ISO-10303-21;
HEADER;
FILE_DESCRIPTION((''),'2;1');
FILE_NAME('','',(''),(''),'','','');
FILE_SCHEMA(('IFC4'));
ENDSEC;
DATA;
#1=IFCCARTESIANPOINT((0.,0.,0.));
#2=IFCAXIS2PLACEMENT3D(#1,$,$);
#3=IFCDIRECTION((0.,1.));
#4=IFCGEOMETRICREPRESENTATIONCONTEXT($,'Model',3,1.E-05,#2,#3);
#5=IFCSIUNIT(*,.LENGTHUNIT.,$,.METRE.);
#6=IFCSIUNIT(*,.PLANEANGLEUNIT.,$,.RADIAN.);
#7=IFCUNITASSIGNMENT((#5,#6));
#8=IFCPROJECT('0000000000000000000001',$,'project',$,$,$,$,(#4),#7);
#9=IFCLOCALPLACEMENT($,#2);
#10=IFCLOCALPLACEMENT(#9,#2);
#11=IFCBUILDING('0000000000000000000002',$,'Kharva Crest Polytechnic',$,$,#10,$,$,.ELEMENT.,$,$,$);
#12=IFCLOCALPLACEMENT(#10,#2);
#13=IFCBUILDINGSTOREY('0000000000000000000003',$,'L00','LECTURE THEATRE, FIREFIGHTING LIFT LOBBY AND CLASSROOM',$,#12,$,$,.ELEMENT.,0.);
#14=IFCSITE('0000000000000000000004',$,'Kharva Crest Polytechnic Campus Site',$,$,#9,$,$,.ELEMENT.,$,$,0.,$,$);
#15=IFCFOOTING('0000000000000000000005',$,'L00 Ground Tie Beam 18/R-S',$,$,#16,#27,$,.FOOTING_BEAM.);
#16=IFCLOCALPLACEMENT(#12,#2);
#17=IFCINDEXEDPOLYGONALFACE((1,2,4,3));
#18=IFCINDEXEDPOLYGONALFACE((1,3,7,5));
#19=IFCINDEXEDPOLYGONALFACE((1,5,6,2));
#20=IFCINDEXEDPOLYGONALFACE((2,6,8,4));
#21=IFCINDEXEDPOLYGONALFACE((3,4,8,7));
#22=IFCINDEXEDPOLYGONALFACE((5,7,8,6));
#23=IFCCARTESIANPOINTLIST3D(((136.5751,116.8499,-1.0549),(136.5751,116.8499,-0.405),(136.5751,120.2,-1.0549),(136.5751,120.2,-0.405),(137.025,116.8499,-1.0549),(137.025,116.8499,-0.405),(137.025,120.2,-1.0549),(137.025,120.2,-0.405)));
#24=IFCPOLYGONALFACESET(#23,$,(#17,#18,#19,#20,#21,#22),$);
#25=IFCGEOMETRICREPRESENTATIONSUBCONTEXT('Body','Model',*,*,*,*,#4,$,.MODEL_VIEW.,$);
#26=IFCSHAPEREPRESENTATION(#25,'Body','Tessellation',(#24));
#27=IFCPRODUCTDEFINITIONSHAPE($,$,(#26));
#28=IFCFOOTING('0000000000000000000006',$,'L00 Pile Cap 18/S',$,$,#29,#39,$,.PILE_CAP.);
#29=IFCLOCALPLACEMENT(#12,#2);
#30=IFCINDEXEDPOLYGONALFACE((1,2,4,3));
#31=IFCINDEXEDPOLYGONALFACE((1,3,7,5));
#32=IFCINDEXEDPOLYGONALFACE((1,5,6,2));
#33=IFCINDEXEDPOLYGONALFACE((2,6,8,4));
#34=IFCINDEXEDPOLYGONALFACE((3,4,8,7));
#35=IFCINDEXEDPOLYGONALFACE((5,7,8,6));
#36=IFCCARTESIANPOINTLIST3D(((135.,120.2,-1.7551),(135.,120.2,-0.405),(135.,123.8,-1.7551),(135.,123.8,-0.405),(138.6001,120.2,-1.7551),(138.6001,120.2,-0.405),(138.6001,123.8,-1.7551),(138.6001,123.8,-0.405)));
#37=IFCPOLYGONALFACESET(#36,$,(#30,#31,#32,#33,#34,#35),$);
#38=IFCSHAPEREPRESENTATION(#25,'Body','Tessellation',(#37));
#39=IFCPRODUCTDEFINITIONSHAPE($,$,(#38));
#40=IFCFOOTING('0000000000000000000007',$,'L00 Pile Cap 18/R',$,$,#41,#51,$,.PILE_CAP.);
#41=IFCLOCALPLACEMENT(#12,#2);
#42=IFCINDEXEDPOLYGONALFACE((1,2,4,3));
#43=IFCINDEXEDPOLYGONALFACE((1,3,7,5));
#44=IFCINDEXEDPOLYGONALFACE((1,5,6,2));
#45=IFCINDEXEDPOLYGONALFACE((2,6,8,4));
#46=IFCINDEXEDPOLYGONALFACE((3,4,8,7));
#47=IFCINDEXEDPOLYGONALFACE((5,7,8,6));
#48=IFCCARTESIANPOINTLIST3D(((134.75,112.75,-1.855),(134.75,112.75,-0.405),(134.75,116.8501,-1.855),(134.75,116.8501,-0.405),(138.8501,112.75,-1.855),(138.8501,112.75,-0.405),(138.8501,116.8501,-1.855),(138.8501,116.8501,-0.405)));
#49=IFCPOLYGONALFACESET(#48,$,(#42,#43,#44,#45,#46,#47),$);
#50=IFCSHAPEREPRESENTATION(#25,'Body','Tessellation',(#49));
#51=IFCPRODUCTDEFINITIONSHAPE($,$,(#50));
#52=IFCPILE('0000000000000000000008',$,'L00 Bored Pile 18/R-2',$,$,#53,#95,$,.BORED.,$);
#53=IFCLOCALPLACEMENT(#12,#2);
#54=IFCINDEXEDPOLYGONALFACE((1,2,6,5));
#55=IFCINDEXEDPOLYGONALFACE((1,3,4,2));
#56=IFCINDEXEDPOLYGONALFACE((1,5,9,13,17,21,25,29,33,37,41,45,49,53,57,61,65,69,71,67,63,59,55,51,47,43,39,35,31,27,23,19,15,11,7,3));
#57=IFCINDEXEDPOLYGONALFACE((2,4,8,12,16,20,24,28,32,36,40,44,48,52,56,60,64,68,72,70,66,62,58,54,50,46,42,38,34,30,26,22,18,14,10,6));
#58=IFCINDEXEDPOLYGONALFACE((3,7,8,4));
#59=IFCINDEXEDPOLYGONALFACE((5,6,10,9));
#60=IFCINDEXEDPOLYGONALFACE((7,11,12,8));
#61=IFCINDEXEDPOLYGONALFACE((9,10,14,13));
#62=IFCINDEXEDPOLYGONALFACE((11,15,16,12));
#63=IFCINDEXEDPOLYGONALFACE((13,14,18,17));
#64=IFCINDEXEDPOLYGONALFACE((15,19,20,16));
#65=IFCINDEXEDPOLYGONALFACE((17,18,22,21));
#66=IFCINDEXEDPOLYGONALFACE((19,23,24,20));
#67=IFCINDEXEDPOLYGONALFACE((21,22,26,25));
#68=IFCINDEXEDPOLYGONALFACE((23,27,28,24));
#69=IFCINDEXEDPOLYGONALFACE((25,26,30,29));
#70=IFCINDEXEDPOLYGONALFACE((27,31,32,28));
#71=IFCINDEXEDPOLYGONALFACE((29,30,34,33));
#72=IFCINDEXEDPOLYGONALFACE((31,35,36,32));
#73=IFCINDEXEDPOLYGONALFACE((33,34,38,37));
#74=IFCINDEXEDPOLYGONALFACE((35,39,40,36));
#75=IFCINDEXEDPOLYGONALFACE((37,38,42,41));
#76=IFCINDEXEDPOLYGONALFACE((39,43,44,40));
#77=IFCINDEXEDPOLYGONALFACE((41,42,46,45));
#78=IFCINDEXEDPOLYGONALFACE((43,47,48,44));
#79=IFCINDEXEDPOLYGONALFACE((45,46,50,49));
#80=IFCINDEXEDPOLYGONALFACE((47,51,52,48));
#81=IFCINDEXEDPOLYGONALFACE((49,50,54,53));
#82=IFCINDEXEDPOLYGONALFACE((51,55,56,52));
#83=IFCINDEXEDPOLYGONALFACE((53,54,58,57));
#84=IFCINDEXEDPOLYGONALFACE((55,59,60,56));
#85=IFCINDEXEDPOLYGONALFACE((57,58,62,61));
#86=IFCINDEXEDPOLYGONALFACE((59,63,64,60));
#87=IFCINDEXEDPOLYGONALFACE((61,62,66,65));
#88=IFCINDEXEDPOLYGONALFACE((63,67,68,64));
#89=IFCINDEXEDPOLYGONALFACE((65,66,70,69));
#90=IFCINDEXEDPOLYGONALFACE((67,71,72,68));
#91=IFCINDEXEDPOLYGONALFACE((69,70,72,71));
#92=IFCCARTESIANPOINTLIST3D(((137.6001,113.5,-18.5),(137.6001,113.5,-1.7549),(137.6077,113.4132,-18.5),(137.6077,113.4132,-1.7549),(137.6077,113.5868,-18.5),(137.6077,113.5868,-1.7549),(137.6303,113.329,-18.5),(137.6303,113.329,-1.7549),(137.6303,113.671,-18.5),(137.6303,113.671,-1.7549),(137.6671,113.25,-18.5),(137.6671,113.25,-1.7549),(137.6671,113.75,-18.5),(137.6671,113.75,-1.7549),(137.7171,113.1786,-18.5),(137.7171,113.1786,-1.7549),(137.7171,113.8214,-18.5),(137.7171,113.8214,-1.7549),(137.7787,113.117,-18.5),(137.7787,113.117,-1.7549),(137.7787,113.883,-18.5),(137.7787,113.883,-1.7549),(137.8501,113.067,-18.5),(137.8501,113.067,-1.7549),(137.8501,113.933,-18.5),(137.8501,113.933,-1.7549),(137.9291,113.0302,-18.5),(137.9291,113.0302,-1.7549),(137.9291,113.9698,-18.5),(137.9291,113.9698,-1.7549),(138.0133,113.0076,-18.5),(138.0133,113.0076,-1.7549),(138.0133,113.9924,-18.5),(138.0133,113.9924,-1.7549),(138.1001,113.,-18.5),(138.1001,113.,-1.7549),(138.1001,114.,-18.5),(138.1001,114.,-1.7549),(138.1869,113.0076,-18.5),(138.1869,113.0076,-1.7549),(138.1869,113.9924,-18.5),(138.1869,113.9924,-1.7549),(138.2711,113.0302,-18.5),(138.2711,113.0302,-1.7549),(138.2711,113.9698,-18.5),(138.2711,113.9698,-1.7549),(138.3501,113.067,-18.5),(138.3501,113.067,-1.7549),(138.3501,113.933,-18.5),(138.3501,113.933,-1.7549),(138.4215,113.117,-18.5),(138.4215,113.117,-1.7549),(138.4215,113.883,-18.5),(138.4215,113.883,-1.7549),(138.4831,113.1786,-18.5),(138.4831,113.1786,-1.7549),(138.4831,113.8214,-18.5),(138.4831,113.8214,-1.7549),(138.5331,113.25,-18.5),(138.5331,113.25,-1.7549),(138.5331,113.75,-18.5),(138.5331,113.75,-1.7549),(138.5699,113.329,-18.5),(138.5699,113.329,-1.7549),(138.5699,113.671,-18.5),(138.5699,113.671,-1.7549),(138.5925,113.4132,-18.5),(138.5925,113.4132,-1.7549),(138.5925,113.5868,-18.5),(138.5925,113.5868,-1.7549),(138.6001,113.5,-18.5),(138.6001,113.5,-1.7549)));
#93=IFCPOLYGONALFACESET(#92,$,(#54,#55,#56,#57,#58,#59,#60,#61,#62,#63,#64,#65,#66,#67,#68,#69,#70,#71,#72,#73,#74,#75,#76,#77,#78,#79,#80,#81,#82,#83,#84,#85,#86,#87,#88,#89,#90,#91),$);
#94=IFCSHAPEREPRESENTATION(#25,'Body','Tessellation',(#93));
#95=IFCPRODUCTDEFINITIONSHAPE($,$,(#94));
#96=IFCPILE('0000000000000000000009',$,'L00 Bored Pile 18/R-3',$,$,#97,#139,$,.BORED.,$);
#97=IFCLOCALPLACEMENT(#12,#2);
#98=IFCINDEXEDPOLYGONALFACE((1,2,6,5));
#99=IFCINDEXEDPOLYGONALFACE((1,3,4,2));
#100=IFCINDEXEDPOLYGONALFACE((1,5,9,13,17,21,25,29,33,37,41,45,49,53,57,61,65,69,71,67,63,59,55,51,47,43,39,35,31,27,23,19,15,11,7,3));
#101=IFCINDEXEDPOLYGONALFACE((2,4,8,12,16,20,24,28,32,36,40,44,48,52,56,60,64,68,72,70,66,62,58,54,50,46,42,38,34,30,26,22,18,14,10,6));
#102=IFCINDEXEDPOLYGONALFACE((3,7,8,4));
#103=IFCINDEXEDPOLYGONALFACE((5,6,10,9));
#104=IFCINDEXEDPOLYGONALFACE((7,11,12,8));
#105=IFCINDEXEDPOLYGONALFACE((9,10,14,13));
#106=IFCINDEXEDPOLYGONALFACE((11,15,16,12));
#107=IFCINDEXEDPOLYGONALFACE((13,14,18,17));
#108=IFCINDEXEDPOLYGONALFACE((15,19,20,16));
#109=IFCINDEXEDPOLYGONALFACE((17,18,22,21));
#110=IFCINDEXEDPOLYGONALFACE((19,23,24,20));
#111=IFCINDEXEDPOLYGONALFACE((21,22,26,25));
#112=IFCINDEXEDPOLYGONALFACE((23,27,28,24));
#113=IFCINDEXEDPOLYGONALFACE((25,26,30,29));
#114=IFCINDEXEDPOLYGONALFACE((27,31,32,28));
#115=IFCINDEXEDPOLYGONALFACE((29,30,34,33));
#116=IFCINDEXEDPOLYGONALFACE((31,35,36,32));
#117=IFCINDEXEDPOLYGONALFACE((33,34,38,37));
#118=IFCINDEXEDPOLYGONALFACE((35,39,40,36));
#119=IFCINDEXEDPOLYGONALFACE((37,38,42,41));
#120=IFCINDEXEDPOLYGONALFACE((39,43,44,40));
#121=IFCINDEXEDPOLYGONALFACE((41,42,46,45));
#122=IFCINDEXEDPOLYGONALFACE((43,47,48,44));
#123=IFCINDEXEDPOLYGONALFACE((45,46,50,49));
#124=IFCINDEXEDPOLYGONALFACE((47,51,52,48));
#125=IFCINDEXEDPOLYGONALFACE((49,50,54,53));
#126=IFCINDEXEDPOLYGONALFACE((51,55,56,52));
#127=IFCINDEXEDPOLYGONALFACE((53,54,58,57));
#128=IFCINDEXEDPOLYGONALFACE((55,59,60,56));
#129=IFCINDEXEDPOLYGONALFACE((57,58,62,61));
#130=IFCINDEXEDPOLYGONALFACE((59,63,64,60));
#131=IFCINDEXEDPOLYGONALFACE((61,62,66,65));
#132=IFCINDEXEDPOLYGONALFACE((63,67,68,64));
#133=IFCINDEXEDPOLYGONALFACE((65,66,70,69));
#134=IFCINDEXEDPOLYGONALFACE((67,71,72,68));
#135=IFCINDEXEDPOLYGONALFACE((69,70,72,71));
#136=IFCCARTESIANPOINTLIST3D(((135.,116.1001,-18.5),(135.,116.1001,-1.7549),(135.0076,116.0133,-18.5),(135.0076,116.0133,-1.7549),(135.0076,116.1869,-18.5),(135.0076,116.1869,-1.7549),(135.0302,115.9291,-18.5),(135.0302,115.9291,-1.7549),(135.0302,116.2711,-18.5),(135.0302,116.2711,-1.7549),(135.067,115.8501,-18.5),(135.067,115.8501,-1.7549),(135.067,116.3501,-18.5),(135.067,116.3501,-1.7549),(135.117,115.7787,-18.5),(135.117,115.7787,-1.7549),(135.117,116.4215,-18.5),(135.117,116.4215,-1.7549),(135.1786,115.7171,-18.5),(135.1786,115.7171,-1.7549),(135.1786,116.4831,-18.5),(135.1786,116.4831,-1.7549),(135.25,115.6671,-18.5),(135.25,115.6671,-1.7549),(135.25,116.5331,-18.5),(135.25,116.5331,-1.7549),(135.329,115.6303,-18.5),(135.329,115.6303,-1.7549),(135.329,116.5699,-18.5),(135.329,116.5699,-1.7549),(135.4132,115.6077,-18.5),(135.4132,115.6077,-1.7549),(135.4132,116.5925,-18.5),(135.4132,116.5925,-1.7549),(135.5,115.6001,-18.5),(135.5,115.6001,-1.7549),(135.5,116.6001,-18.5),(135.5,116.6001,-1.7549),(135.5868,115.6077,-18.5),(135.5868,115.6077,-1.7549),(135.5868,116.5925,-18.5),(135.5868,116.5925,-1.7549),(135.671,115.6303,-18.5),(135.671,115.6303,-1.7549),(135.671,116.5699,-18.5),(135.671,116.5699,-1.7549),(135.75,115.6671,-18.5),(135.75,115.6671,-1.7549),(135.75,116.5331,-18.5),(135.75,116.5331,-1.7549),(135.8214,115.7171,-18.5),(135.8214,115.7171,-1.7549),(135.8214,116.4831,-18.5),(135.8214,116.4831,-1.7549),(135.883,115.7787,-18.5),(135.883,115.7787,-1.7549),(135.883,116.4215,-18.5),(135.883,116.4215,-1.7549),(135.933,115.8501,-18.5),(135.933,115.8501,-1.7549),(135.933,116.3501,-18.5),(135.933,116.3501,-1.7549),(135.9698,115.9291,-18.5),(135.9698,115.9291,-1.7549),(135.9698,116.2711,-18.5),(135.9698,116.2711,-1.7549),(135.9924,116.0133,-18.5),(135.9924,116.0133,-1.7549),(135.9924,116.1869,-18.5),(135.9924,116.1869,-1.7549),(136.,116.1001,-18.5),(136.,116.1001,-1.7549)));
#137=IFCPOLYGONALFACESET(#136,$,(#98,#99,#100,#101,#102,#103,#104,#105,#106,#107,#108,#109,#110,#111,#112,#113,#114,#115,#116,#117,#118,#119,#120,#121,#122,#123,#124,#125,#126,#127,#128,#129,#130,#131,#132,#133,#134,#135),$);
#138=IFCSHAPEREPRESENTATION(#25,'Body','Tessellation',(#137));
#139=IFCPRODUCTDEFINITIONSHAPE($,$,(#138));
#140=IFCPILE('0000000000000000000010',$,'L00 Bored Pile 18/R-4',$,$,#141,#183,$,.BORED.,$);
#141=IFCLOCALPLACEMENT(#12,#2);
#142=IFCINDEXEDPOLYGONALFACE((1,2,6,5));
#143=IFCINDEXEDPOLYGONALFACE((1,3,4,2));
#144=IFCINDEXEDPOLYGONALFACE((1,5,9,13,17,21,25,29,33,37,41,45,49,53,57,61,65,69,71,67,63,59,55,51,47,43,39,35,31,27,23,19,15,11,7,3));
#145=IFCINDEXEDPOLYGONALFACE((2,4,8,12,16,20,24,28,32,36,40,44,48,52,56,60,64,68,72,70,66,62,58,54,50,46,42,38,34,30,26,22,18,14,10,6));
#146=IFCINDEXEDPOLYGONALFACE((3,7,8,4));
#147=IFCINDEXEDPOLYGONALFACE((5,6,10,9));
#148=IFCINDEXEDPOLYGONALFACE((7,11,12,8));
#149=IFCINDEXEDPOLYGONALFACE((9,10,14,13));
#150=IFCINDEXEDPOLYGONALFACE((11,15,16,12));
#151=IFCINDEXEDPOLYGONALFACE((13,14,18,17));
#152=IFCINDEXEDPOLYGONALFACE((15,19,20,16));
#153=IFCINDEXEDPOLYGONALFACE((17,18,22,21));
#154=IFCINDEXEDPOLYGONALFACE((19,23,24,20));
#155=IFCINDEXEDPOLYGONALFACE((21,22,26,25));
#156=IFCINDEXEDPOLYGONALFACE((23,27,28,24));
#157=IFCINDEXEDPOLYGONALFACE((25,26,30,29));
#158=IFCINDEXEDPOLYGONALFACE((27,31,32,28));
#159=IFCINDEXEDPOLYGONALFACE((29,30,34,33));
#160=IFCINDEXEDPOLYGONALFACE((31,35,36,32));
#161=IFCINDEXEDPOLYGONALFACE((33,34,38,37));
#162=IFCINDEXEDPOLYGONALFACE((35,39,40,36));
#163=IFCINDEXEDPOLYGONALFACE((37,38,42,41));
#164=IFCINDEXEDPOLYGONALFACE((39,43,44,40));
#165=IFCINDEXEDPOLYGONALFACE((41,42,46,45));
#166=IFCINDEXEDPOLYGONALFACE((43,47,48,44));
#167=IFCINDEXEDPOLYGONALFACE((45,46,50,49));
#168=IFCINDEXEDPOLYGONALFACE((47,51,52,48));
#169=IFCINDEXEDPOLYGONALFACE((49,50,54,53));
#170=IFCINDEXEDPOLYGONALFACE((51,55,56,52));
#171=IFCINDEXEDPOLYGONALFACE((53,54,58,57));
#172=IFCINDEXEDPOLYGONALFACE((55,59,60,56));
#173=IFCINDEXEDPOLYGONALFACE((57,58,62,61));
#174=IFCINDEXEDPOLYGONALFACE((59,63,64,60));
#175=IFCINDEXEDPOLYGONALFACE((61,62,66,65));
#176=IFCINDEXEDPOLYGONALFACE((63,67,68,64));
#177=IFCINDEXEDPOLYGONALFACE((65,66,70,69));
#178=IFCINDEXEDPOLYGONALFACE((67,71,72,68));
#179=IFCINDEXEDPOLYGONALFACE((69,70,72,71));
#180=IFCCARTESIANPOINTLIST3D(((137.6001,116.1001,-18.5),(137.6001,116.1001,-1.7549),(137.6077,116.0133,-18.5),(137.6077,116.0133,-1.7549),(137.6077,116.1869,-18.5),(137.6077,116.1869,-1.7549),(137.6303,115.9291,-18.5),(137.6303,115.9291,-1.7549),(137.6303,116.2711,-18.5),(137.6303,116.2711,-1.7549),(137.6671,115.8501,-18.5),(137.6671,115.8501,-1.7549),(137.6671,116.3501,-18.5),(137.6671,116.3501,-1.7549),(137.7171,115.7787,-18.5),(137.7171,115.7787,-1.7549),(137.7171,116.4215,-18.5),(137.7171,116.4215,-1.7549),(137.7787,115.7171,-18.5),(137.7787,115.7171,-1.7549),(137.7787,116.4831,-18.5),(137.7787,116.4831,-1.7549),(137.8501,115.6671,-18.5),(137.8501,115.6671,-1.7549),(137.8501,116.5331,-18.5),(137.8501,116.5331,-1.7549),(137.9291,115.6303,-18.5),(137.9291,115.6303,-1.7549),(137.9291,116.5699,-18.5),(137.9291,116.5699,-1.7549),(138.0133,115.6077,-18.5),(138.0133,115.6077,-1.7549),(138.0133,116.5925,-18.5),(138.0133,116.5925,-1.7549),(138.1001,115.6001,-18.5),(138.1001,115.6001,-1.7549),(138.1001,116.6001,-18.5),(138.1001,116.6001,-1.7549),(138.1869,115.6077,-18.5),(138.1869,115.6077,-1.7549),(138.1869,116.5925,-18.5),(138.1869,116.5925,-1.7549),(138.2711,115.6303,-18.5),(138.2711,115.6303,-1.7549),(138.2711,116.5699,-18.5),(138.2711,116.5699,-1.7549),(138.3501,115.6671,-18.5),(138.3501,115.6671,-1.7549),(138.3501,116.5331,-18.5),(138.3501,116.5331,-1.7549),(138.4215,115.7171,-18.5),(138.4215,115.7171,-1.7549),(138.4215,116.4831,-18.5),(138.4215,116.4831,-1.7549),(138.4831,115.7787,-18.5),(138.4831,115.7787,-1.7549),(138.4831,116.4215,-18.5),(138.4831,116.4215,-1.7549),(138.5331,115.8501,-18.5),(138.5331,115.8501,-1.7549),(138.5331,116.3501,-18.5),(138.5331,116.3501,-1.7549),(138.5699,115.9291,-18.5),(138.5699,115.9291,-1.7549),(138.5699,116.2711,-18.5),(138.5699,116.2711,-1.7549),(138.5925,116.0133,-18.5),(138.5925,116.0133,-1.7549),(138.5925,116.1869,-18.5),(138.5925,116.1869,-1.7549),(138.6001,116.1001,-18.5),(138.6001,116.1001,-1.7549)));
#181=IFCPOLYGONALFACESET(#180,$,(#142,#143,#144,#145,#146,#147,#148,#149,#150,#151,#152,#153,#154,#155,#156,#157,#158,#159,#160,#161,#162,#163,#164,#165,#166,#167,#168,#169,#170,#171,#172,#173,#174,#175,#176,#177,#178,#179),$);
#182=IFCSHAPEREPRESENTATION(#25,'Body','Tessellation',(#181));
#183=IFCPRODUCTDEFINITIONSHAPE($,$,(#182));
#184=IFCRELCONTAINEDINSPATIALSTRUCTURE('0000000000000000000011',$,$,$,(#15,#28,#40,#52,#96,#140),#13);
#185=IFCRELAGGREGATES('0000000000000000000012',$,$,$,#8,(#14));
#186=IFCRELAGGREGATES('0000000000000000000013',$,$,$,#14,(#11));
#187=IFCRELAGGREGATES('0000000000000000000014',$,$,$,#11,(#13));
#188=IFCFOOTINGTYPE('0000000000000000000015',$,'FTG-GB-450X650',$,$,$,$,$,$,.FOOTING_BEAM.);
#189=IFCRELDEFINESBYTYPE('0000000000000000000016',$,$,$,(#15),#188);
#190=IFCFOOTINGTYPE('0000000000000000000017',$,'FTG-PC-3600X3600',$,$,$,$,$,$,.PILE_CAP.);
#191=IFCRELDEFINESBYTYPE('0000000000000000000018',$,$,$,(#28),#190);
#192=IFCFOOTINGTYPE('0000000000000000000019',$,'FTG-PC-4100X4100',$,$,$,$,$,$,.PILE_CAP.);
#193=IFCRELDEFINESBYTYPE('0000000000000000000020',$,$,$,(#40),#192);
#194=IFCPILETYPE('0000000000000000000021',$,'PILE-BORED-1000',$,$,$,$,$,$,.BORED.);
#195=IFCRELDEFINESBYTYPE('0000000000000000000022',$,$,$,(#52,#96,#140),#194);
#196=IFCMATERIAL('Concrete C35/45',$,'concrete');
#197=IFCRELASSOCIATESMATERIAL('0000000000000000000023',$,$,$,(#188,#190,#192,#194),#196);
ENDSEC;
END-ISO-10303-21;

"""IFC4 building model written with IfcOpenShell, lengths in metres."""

from ifc_helpers import new_model, si_unit, direction, frame, origin, origin_2d, place, context, subcontext, project, spatial, rectangle, circle, extrude, material, material_profile, profile_set, type_object, element, save


model = new_model("IFC4")

# Units and contexts
model_context = context("Model", 3, precision=1e-05, world=origin(), true_north=direction((0.0, 1.0)))
body_context = subcontext(model_context, "Body", "Model", "MODEL_VIEW")
ifc_project = project(units=[si_unit("LENGTHUNIT", "METRE"), si_unit("PLANEANGLEUNIT", "RADIAN")], contexts=[model_context])

# Site, building, storey
site_placement = place(None, origin())
site = spatial("IfcSite", under=ifc_project, at=site_placement, Name="Kharva Crest Polytechnic Campus Site", CompositionType="ELEMENT", RefElevation=0.0)
building_placement = place(site_placement, origin())
building = spatial("IfcBuilding", under=site, at=building_placement, Name="Kharva Crest Polytechnic", CompositionType="ELEMENT")
storey_placement = place(building_placement, origin())
storey = spatial("IfcBuildingStorey", under=building, at=storey_placement, Name="L00", Description="LECTURE THEATRE, FIREFIGHTING LIFT LOBBY AND CLASSROOM", CompositionType="ELEMENT", Elevation=0.0)

# Footings
ifc_material_1 = material(Name="Concrete C35/45", Category="concrete")
footing_type_1 = type_object("IfcFootingType", Name="FTG-GB-450X650", PredefinedType="FOOTING_BEAM", material=ifc_material_1)
footing_1_placement = place(storey_placement, frame((136.8, 118.5249, -1.0549), z_axis=(0.0, 0.0, 1.0), x_axis=(0.0, 1.0, 0.0)))
element("IfcFooting", 1, at=footing_1_placement, inside=storey, type_object=footing_type_1, Name="L00 Ground Tie Beam 18/R-S", PredefinedType="FOOTING_BEAM", context=body_context, shape_type="SweptSolid", body=[
    extrude(rectangle(XDim=3.3501, YDim=0.45, at=origin_2d()), origin(), (0.0, 0.0, 1.0), 0.6499),
])
footing_type_2 = type_object("IfcFootingType", Name="FTG-PC-3600X3600", PredefinedType="PILE_CAP", material=ifc_material_1)
footing_2_placement = place(storey_placement, frame((136.8, 122.0, -1.7551), z_axis=(0.0, 0.0, 1.0), x_axis=(1.0, 0.0, 0.0)))
element("IfcFooting", 2, at=footing_2_placement, inside=storey, type_object=footing_type_2, Name="L00 Pile Cap 18/S", PredefinedType="PILE_CAP", context=body_context, shape_type="SweptSolid", body=[
    extrude(rectangle(XDim=3.6001, YDim=3.6001, at=origin_2d()), origin(), (0.0, 0.0, 1.0), 1.3501),
])
footing_type_3 = type_object("IfcFootingType", Name="FTG-PC-4100X4100", PredefinedType="PILE_CAP", material=ifc_material_1)
footing_3_placement = place(storey_placement, frame((136.8, 114.8, -1.855), z_axis=(0.0, 0.0, 1.0), x_axis=(1.0, 0.0, 0.0)))
element("IfcFooting", 3, at=footing_3_placement, inside=storey, type_object=footing_type_3, Name="L00 Pile Cap 18/R", PredefinedType="PILE_CAP", context=body_context, shape_type="SweptSolid", body=[
    extrude(rectangle(XDim=4.1001, YDim=4.1001, at=origin_2d()), origin(), (0.0, 0.0, 1.0), 1.45),
])

# Piles
ifc_material_profile_1 = material_profile(ifc_material_1, circle(Radius=0.5, at=origin_2d()), Name="DIA 1000")
ifc_profile_set_1 = profile_set([ifc_material_profile_1], Name="Concrete C35/45")
pile_type_1 = type_object("IfcPileType", Name="PILE-BORED-1000", PredefinedType="BORED", material=ifc_profile_set_1)
for number, where, z_axis, x_axis, name in (
    (4, (138.1001, 113.5, -1.7549), (0.0, 0.0, -1.0), (1.0, 0.0, 0.0), "L00 Bored Pile 18/R-2"),
    (5, (135.5, 116.1001, -1.7549), (0.0, 0.0, -1.0), (1.0, 0.0, 0.0), "L00 Bored Pile 18/R-3"),
    (6, (138.1001, 116.1001, -1.7549), (0.0, 0.0, -1.0), (1.0, 0.0, 0.0), "L00 Bored Pile 18/R-4"),
):
    element("IfcPile", number, at=place(storey_placement, frame(where, z_axis=z_axis, x_axis=x_axis)), inside=storey, type_object=pile_type_1, Name=name, PredefinedType="BORED", context=body_context, shape_type="SweptSolid", body=[
        extrude(circle(Radius=0.5, at=origin_2d()), origin(), (0.0, 0.0, 1.0), 16.7451),
    ])

save(model, "model.ifc")
